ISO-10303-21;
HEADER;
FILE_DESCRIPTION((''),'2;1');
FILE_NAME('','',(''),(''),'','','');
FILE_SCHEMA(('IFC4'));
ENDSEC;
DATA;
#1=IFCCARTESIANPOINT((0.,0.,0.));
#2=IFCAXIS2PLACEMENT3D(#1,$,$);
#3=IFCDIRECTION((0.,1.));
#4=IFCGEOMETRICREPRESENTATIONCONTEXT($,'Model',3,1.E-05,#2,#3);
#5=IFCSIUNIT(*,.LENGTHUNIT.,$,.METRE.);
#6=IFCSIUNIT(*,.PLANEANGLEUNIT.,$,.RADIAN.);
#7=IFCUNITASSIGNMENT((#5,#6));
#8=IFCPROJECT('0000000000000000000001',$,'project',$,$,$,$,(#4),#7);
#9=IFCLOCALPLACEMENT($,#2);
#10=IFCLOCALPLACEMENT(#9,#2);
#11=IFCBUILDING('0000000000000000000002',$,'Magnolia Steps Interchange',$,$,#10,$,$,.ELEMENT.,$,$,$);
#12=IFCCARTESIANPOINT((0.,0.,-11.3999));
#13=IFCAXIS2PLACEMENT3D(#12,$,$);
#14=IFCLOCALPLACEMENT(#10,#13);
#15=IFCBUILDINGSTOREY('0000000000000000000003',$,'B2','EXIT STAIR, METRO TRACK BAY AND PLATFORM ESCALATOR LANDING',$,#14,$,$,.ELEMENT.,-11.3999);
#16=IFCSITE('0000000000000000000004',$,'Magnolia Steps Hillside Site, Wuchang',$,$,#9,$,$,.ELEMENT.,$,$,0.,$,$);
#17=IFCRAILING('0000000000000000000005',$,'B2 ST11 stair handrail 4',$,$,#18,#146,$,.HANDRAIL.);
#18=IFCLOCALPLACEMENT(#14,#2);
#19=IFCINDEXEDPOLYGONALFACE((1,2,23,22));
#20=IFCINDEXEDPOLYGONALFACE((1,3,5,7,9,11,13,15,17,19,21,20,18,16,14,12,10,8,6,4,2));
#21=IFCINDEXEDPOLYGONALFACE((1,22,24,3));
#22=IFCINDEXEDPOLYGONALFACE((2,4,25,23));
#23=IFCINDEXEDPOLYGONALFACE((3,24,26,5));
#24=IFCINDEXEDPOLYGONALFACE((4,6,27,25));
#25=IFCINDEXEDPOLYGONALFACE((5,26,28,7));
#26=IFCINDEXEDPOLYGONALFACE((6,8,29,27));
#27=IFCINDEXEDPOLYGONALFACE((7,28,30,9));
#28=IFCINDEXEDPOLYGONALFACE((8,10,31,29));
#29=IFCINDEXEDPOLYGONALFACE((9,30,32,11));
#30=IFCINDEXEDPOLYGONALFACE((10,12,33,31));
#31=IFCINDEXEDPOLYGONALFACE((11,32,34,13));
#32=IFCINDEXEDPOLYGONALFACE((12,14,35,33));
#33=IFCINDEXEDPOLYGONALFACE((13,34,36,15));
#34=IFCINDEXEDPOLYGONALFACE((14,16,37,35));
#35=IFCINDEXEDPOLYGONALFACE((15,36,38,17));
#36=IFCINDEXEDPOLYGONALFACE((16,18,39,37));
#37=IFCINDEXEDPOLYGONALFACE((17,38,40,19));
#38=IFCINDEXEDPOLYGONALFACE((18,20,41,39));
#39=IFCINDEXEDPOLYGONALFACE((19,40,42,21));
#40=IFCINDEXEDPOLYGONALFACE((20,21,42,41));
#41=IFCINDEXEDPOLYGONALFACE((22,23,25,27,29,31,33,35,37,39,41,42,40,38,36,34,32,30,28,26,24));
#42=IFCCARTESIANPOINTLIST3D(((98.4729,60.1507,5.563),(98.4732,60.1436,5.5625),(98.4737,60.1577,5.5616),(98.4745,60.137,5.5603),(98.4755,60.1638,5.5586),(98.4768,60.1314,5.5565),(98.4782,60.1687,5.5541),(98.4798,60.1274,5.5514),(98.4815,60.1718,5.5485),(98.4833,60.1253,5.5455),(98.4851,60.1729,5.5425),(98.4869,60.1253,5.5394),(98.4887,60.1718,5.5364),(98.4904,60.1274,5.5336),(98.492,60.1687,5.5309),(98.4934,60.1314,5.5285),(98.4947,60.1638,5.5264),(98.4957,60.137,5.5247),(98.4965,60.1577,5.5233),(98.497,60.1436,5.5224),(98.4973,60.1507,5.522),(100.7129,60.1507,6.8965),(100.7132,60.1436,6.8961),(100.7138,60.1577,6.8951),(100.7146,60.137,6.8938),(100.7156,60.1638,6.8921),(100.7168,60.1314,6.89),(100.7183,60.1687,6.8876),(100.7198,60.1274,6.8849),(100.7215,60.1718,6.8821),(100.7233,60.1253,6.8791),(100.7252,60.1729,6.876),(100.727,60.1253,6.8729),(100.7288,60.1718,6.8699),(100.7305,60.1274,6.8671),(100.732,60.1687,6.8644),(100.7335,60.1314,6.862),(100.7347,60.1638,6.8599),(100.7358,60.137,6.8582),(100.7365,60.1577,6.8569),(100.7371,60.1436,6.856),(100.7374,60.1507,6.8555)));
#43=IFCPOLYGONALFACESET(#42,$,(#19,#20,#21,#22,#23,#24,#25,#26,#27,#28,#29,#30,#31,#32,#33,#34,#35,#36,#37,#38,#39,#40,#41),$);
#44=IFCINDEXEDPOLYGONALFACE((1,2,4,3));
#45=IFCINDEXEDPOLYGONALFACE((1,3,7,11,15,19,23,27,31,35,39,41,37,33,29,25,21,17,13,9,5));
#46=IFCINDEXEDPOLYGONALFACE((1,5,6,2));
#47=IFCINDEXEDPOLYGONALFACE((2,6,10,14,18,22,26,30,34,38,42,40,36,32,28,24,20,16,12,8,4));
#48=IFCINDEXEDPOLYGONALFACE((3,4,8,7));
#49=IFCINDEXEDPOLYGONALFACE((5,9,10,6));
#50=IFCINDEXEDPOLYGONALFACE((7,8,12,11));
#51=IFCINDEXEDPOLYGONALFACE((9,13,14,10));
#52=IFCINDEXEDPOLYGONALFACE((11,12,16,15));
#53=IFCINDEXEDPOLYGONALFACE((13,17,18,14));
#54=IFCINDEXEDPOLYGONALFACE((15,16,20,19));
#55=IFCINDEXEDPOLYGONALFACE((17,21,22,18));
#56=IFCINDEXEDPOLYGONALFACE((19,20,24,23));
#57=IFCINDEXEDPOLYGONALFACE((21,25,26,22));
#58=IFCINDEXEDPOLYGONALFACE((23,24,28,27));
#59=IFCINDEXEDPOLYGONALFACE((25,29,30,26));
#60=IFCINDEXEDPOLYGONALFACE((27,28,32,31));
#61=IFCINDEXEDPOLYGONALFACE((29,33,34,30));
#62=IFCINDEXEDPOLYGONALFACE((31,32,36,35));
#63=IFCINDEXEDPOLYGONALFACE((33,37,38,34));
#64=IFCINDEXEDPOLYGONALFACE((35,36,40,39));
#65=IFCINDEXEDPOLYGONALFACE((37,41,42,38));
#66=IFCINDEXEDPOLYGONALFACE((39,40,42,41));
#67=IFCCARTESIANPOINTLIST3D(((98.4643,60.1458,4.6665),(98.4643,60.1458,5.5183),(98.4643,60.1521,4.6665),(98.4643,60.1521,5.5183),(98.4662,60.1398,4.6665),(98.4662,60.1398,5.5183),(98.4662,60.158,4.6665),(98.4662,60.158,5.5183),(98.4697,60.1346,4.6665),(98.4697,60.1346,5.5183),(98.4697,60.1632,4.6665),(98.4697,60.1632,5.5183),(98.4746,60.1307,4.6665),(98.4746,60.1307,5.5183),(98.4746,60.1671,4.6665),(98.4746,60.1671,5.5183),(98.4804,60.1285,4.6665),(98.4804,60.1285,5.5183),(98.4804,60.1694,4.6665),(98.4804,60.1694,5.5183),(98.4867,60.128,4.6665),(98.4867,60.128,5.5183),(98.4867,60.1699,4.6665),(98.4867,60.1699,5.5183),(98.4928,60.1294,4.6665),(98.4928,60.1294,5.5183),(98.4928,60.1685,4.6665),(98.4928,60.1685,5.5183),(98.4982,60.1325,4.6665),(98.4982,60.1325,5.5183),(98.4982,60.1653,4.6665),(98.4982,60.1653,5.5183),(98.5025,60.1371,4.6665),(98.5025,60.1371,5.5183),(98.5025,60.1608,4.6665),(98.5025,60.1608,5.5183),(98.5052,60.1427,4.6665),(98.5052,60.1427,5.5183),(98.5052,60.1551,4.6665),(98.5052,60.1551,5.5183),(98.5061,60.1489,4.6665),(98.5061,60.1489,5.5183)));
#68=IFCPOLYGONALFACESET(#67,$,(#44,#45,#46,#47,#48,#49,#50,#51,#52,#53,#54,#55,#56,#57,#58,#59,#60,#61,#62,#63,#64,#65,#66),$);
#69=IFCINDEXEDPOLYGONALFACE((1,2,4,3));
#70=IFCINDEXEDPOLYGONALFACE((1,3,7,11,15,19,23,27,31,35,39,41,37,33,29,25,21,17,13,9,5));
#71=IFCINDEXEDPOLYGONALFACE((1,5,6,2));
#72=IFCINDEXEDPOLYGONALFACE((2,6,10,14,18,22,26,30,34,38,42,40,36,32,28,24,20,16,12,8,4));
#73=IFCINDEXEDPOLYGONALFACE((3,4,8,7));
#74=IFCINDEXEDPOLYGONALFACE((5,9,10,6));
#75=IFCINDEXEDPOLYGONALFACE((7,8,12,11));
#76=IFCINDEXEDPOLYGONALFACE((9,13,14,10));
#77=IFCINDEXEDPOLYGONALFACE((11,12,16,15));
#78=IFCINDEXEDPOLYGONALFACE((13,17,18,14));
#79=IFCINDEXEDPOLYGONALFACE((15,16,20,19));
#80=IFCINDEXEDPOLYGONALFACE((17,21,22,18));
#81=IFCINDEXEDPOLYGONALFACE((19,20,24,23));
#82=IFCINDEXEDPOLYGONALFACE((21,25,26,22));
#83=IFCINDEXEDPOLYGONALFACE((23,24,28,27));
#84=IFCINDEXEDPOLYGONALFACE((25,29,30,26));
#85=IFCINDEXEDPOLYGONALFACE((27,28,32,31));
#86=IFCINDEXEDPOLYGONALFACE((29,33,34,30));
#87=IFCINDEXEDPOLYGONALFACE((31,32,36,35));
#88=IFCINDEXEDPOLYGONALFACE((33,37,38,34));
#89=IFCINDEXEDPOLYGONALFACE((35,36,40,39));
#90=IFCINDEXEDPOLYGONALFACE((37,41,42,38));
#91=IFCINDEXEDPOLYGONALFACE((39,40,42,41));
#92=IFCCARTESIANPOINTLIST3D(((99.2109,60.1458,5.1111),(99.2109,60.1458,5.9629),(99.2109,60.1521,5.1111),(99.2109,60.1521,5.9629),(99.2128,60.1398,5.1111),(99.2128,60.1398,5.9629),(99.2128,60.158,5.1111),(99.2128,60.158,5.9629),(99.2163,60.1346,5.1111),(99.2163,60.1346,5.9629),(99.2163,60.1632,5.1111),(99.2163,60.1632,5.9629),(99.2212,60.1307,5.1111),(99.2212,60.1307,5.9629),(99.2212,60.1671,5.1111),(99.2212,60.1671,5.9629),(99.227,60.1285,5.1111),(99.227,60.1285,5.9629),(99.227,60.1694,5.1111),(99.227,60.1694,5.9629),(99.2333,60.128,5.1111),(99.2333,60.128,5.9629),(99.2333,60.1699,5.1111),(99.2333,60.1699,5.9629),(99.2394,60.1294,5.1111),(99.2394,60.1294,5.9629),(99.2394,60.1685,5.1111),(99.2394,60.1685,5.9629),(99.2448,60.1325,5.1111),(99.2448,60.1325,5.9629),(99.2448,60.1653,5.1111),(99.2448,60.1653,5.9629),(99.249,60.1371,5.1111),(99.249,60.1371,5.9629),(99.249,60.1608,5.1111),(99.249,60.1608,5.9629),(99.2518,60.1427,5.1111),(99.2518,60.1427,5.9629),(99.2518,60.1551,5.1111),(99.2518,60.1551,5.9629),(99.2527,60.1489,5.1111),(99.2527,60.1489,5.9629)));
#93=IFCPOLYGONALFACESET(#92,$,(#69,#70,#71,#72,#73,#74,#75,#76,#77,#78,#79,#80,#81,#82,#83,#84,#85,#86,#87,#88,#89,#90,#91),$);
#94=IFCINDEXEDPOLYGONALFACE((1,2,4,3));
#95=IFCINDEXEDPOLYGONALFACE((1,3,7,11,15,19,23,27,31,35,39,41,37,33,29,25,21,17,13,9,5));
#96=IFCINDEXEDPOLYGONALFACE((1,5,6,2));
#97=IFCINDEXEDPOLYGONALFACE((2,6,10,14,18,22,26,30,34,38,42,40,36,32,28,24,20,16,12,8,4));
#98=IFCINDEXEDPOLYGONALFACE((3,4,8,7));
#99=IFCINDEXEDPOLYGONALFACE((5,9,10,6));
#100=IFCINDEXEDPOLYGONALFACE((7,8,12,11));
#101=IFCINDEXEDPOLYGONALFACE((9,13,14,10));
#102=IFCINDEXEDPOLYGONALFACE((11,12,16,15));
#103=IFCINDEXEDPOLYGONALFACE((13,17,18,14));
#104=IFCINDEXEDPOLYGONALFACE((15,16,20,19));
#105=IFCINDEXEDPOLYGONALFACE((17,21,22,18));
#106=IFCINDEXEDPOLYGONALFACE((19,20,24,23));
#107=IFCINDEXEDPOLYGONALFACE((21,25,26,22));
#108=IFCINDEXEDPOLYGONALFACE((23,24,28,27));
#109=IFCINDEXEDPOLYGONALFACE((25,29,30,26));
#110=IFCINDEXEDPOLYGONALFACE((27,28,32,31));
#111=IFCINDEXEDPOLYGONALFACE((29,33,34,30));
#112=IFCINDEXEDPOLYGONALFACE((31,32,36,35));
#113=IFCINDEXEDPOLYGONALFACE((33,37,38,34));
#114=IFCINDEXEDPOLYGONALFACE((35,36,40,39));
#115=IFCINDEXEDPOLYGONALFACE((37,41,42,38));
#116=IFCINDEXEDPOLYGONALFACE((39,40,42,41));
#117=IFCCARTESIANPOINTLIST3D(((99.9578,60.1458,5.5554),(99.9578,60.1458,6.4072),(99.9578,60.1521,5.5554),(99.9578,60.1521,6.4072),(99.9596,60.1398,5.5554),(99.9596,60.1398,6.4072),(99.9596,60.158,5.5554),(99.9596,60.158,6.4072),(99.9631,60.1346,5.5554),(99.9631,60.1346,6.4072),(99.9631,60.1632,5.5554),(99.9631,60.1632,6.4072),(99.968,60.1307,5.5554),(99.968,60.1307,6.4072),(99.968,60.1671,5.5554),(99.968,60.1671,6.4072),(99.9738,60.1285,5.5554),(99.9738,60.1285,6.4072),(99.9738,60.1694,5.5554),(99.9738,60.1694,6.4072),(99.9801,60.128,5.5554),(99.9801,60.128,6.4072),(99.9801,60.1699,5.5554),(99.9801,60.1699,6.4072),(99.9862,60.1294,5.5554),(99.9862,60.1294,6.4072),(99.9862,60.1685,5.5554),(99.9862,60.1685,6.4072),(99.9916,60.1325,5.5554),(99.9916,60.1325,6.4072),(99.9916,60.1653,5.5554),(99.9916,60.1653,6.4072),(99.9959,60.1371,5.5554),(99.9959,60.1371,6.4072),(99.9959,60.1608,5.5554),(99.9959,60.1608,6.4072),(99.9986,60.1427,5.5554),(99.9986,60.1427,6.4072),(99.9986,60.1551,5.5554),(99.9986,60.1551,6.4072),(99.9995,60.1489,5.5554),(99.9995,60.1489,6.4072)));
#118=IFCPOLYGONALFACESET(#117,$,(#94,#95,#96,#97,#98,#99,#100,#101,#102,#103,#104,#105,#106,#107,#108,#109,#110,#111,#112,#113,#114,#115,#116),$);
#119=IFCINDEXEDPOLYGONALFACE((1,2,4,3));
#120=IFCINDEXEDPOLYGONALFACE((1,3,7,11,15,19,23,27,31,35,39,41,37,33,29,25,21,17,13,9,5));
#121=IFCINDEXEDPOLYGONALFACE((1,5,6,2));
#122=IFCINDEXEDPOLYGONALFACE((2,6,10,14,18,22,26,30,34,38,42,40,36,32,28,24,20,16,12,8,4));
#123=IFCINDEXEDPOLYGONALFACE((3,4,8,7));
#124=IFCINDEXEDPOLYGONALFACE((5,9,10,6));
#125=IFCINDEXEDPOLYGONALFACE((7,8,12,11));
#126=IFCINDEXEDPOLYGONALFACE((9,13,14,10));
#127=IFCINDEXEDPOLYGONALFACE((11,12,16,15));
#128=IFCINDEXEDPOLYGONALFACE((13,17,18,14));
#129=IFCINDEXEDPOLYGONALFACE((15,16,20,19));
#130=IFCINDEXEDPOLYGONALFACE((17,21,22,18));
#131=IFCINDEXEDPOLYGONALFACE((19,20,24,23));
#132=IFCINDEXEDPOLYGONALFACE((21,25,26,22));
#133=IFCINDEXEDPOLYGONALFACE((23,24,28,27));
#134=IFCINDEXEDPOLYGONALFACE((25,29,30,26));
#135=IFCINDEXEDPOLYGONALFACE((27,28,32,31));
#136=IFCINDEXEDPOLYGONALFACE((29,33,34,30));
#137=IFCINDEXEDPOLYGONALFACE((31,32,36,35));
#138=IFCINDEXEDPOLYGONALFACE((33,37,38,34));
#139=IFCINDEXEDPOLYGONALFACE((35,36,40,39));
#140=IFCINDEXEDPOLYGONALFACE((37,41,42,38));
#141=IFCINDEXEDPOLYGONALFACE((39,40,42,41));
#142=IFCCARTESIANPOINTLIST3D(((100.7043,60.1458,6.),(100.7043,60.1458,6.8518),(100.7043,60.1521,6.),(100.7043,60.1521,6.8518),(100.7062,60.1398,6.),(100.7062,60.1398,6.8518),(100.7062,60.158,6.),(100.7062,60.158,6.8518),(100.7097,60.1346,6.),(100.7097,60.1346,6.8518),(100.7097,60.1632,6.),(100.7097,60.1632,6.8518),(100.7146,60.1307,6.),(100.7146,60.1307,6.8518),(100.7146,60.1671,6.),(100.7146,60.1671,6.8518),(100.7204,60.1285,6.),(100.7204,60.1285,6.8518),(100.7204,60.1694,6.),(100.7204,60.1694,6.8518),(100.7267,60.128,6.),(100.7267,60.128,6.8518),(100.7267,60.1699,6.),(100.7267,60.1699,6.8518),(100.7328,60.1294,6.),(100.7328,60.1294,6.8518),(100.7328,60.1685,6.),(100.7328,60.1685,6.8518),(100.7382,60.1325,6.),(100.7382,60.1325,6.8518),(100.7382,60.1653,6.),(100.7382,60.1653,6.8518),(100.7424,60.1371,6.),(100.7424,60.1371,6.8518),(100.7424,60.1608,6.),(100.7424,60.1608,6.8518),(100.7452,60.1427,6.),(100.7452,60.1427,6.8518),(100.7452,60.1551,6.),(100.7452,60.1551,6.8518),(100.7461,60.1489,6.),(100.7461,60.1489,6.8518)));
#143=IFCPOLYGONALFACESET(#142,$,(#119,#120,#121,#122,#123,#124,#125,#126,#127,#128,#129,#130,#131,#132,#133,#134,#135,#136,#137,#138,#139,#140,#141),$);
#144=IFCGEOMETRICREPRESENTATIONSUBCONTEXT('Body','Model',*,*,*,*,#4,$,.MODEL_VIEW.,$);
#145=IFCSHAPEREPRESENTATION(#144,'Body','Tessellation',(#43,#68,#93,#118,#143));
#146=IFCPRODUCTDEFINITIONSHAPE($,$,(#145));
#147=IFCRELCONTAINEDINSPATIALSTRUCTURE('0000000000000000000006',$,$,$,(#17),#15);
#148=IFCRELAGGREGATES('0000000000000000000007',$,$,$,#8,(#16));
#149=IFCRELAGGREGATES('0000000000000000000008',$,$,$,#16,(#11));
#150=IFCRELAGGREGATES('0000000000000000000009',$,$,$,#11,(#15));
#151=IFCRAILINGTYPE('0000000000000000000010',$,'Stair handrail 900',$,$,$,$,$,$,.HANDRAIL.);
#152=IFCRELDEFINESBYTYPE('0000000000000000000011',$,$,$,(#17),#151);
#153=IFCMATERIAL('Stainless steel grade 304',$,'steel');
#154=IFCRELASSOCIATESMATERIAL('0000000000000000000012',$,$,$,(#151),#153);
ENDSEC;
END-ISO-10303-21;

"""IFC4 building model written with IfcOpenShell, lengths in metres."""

from ifc_helpers import new_model, si_unit, direction, frame, origin, origin_2d, place, context, subcontext, project, spatial, circle, extrude, material, type_object, element, save


model = new_model("IFC4")

# Units and contexts
model_context = context("Model", 3, precision=1e-05, world=origin(), true_north=direction((0.0, 1.0)))
body_context = subcontext(model_context, "Body", "Model", "MODEL_VIEW")
ifc_project = project(units=[si_unit("LENGTHUNIT", "METRE"), si_unit("PLANEANGLEUNIT", "RADIAN")], contexts=[model_context])

# Site, building, storey
site_placement = place(None, origin())
site = spatial("IfcSite", under=ifc_project, at=site_placement, Name="Magnolia Steps Hillside Site, Wuchang", CompositionType="ELEMENT", RefElevation=0.0)
building_placement = place(site_placement, origin())
building = spatial("IfcBuilding", under=site, at=building_placement, Name="Magnolia Steps Interchange", CompositionType="ELEMENT")
storey_placement = place(building_placement, frame((0.0, 0.0, -11.3999)))
storey = spatial("IfcBuildingStorey", under=building, at=storey_placement, Name="B2", Description="EXIT STAIR, METRO TRACK BAY AND PLATFORM ESCALATOR LANDING", CompositionType="ELEMENT", Elevation=-11.3999)

# Railing
ifc_material_1 = material(Name="Stainless steel grade 304", Category="steel")
railing_type = type_object("IfcRailingType", Name="Stair handrail 900", PredefinedType="HANDRAIL", material=ifc_material_1)
for number, where, name in (
    (1, (98.4851, 60.1489, 4.6665), "B2 ST11 stair handrail 4"),
):
    element("IfcRailing", number, at=place(storey_placement, frame(where)), inside=storey, type_object=railing_type, Name=name, PredefinedType="HANDRAIL", context=body_context, shape_type="SweptSolid", body=[
        extrude(circle(Radius=0.0239, at=origin_2d()), frame((0.0, 0.0, 0.876), z_axis=(0.859264, 0.0, 0.511532), x_axis=(0.0, 1.0, 0.0)), (0.0, 0.0, 1.0), 2.6069),
        extrude(circle(Radius=0.021, at=origin_2d()), origin(), (0.0, 0.0, 1.0), 0.8518),
        extrude(circle(Radius=0.021, at=origin_2d()), frame((0.7466, 0.0, 0.4446)), (0.0, 0.0, 1.0), 0.8518),
        extrude(circle(Radius=0.021, at=origin_2d()), frame((1.4934, 0.0, 0.8889)), (0.0, 0.0, 1.0), 0.8518),
        extrude(circle(Radius=0.021, at=origin_2d()), frame((2.24, 0.0, 1.3335)), (0.0, 0.0, 1.0), 0.8518),
    ])

save(model, "model.ifc")
